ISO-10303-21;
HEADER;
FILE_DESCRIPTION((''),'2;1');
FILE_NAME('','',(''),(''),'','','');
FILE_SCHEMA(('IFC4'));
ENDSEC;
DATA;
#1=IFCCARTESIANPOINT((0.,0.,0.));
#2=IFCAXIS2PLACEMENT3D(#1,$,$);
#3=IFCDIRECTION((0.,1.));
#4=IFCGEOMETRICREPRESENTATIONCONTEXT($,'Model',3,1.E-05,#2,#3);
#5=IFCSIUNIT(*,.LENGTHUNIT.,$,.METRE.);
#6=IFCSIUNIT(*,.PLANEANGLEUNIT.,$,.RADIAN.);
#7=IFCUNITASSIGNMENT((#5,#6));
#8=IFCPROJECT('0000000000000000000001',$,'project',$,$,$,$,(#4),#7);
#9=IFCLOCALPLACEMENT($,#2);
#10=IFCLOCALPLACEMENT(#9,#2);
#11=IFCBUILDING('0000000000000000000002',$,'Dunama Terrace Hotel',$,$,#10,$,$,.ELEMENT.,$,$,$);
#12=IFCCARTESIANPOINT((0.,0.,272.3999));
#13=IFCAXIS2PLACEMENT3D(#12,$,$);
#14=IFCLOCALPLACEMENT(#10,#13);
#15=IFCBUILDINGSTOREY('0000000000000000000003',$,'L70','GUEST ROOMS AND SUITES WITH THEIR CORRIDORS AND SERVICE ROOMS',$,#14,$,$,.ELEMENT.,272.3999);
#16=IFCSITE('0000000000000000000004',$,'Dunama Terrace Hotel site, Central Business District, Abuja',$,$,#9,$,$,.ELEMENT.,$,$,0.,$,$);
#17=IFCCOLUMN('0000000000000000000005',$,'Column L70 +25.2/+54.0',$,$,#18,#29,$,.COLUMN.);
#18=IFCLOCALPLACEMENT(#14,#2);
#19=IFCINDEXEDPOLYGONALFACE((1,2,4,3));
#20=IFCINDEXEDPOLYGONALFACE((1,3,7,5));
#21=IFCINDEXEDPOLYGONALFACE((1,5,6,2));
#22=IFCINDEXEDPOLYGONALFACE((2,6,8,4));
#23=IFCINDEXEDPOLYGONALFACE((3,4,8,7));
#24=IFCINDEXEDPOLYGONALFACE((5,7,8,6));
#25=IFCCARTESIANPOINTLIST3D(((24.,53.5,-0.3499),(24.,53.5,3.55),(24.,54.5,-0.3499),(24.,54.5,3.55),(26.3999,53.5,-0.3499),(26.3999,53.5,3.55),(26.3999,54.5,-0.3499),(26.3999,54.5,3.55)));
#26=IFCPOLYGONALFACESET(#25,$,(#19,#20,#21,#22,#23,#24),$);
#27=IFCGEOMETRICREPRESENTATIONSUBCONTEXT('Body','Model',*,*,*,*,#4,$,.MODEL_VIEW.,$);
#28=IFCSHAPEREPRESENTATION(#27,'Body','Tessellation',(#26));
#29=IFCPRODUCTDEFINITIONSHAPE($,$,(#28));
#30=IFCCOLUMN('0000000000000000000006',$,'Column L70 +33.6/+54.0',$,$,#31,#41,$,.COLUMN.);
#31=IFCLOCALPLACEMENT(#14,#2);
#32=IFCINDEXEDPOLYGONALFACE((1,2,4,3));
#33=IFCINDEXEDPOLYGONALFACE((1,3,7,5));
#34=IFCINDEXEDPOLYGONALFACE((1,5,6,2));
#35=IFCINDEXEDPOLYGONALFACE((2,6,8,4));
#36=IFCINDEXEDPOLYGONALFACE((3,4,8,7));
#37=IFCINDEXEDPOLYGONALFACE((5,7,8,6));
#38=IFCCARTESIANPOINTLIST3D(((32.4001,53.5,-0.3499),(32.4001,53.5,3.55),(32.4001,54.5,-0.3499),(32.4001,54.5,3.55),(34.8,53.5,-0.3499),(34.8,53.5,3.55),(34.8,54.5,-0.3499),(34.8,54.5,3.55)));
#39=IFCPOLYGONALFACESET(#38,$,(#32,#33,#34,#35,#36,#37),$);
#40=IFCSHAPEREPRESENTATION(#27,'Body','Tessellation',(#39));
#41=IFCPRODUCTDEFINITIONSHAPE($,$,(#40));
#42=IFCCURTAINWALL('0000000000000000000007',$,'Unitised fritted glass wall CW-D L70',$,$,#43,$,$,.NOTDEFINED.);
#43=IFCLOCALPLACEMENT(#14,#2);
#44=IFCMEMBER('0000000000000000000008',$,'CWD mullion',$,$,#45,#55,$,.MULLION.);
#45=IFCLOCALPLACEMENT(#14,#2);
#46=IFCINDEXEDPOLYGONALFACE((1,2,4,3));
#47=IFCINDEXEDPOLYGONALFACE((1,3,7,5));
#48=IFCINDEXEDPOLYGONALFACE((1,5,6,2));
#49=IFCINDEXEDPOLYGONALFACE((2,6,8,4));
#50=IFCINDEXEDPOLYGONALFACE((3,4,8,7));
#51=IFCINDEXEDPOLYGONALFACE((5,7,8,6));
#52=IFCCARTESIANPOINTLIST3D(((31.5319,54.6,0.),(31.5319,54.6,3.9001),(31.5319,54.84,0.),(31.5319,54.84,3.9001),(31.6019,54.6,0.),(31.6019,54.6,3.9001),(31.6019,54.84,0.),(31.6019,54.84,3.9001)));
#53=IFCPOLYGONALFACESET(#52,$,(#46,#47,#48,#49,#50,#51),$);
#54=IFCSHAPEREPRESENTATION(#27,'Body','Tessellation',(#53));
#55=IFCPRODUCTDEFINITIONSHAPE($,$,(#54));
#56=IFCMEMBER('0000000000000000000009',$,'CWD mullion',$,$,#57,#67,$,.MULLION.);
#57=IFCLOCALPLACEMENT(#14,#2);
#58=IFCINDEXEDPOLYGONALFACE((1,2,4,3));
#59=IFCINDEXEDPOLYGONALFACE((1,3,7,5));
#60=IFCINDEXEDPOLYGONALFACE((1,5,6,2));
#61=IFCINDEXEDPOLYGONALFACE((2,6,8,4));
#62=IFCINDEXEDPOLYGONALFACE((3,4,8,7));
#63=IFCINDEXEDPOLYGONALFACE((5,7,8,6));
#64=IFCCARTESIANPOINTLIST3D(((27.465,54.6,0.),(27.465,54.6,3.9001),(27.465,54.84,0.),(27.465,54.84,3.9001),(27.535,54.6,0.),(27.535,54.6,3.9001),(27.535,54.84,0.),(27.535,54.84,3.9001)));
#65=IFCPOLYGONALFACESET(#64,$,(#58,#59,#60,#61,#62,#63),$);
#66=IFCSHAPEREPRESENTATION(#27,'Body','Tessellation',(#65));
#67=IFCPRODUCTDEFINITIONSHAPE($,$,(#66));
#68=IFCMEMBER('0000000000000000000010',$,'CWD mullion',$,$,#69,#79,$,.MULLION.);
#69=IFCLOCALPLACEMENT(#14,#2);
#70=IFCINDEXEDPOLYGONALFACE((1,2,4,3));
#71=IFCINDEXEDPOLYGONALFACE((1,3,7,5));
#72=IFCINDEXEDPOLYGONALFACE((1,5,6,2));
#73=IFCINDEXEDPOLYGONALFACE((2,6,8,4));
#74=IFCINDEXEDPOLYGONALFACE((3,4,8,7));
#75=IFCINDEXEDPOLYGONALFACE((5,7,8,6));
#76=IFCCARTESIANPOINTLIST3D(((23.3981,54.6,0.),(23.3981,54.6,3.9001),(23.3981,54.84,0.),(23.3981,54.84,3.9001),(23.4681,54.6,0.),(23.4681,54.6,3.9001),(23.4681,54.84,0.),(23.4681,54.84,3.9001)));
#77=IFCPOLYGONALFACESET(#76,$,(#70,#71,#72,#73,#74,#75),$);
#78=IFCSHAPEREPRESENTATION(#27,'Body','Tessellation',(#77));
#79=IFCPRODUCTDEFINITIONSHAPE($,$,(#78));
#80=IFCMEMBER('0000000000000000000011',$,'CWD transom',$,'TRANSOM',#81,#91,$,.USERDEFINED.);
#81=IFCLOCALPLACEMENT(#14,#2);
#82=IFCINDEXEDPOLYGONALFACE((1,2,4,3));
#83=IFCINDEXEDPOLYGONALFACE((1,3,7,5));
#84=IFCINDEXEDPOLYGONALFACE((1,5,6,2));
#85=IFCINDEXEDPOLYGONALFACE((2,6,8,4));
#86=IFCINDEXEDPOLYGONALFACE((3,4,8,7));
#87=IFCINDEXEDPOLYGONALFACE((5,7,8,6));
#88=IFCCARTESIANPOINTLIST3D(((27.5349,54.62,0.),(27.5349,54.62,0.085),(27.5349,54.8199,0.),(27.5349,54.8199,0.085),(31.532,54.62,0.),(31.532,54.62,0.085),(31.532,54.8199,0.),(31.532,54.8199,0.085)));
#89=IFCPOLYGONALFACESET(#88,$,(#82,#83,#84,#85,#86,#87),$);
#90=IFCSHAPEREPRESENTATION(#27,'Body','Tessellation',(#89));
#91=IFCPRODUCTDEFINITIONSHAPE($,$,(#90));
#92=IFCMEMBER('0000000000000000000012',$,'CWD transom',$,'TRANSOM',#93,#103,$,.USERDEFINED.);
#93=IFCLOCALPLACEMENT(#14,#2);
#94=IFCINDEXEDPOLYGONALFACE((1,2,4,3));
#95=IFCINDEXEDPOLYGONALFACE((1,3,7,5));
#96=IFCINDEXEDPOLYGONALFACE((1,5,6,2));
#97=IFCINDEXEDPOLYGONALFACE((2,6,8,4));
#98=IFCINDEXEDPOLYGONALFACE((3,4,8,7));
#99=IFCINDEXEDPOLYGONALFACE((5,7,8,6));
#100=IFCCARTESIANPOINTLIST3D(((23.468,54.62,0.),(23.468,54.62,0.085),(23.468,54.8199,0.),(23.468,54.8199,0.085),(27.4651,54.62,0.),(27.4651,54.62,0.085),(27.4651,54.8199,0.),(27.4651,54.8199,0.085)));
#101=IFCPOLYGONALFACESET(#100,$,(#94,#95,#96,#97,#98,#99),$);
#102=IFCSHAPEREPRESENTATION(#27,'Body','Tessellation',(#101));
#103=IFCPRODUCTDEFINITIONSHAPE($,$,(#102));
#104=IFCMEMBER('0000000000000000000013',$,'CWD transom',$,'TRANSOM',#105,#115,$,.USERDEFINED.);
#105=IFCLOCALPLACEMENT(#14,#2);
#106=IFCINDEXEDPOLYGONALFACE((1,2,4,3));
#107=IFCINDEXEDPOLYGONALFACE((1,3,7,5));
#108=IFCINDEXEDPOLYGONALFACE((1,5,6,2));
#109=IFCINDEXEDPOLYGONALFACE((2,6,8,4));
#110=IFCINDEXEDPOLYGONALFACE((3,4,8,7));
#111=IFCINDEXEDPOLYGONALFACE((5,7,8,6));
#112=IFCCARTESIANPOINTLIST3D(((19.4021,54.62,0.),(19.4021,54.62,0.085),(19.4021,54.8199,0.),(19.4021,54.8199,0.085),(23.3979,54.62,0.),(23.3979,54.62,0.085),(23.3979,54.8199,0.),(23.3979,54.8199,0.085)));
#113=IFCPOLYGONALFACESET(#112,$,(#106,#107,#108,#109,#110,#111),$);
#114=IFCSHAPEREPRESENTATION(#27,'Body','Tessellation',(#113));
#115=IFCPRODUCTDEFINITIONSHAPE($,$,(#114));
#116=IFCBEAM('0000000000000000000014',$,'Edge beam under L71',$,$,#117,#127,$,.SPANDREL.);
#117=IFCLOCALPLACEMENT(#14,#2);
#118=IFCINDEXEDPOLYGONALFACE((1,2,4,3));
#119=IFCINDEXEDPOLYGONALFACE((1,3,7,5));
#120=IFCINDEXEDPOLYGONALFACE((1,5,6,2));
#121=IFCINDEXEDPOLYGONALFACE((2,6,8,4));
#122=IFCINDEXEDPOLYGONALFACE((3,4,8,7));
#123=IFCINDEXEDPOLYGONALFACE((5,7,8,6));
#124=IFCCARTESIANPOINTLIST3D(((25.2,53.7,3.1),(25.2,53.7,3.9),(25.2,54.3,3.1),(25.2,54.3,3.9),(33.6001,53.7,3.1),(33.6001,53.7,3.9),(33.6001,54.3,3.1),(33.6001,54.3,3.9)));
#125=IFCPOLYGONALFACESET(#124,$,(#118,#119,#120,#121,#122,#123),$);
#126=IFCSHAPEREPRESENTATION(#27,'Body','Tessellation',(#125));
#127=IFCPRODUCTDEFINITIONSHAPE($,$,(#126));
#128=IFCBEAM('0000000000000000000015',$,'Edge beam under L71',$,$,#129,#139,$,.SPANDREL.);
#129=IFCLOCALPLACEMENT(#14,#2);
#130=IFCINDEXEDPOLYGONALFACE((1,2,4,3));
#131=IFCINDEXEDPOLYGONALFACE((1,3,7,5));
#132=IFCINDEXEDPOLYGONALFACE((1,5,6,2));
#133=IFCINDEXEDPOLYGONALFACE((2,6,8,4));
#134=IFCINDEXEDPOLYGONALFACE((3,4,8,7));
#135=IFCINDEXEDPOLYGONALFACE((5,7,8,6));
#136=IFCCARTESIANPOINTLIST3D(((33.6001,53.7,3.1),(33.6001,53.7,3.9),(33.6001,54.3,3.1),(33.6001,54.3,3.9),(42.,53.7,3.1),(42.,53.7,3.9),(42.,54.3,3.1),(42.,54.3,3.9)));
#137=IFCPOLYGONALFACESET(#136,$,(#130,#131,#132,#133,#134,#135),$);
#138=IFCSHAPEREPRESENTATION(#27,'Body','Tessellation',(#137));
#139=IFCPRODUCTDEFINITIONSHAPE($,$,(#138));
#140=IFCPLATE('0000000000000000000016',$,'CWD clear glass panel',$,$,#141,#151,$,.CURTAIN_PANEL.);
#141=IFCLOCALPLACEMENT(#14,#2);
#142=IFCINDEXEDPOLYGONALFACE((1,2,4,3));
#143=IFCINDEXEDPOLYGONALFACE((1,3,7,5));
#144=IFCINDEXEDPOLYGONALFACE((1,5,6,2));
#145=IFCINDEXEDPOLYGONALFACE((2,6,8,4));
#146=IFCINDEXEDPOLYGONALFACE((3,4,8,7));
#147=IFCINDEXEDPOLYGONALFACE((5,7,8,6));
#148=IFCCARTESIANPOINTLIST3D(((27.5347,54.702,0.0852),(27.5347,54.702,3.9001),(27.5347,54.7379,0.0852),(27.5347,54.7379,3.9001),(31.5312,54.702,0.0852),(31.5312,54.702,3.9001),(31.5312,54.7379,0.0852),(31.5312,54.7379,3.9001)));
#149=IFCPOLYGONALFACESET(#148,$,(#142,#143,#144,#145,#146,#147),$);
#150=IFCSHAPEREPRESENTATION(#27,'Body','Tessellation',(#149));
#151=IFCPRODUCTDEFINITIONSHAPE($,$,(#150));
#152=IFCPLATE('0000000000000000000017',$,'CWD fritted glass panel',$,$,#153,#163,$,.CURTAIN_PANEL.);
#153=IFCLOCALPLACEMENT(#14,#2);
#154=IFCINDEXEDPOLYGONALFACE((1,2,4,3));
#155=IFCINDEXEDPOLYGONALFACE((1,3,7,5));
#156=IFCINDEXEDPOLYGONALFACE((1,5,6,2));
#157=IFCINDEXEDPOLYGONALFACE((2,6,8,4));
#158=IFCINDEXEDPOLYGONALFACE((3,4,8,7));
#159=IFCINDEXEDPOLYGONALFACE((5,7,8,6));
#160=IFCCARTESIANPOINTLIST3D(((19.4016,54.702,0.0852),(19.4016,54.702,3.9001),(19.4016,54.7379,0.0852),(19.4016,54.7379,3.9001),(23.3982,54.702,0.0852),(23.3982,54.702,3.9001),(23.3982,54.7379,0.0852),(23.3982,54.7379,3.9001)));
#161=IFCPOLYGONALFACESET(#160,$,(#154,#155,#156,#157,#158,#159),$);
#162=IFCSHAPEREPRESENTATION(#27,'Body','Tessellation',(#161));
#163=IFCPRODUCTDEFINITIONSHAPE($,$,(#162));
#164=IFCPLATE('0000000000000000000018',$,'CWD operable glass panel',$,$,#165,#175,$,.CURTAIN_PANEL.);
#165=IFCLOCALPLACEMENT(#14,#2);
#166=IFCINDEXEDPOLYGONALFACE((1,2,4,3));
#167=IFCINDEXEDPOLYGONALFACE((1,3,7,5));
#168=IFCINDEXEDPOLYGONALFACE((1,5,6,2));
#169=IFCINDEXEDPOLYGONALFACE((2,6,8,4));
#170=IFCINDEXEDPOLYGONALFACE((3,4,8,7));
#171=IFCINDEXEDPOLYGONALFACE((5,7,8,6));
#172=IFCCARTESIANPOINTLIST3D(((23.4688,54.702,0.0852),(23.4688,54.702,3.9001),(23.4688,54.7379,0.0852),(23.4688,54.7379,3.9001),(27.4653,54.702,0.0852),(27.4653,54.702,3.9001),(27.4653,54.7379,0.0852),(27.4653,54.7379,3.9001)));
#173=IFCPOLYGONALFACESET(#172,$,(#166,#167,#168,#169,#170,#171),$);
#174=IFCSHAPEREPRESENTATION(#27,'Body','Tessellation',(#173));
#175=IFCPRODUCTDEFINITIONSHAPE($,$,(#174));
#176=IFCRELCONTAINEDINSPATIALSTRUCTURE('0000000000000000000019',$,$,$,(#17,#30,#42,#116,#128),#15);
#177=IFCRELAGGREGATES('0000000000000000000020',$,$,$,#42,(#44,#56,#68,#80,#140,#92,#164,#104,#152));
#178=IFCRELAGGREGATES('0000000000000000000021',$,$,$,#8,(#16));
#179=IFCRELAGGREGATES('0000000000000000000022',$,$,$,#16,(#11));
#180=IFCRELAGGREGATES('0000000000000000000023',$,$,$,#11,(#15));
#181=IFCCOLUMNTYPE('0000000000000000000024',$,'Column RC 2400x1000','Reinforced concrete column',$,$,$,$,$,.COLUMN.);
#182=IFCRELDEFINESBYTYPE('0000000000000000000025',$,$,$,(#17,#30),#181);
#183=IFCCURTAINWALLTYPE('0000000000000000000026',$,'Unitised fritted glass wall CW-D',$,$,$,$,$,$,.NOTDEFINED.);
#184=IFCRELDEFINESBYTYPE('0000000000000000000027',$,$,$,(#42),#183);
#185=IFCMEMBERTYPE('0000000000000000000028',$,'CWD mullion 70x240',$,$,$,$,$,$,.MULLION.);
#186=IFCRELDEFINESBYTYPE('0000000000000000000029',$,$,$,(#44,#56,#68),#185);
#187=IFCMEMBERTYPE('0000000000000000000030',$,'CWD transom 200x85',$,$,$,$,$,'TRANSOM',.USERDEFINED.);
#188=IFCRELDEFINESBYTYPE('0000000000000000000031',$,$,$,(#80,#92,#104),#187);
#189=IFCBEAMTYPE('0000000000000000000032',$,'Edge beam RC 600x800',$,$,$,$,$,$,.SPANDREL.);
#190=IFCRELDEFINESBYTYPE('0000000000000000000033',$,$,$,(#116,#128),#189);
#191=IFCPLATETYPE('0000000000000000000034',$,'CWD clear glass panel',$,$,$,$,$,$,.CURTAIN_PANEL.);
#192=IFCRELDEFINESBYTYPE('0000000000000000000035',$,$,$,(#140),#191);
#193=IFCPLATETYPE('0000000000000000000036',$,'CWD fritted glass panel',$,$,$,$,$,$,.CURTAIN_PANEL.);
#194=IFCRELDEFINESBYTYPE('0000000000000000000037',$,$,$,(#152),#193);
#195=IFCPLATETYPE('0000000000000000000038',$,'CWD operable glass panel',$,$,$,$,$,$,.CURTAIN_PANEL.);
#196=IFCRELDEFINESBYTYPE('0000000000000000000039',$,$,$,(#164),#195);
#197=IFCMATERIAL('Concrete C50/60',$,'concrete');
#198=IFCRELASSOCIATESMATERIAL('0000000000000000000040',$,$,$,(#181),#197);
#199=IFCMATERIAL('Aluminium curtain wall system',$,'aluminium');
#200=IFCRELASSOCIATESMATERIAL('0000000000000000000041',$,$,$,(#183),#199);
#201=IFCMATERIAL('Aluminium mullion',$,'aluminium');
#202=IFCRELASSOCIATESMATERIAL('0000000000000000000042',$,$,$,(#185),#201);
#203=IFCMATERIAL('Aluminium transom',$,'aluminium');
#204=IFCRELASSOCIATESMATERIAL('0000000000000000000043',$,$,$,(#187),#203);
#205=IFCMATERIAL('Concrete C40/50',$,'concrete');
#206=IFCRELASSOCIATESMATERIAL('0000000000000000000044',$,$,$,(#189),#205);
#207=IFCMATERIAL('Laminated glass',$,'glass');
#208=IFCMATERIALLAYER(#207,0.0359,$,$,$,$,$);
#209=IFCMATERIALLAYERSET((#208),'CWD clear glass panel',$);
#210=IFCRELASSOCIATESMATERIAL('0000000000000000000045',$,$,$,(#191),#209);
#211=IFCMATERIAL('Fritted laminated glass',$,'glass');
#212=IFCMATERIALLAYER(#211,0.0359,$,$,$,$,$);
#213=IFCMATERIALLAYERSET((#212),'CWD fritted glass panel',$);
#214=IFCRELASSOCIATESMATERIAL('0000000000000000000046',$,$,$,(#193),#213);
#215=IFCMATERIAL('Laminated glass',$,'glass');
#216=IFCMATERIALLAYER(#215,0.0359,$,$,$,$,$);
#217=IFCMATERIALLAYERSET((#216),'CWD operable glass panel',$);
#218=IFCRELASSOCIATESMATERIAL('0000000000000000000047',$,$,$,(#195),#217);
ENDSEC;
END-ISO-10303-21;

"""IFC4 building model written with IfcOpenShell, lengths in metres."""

from ifc_helpers import new_model, si_unit, direction, frame, origin, origin_2d, place, context, subcontext, project, spatial, rectangle, extrude, material, layer, layer_set, material_profile, profile_set, type_object, element, aggregate, save


model = new_model("IFC4")

# Units and contexts
model_context = context("Model", 3, precision=1e-05, world=origin(), true_north=direction((0.0, 1.0)))
body_context = subcontext(model_context, "Body", "Model", "MODEL_VIEW")
ifc_project = project(units=[si_unit("LENGTHUNIT", "METRE"), si_unit("PLANEANGLEUNIT", "RADIAN")], contexts=[model_context])

# Site, building, storey
site_placement = place(None, origin())
site = spatial("IfcSite", under=ifc_project, at=site_placement, Name="Dunama Terrace Hotel site, Central Business District, Abuja", CompositionType="ELEMENT", RefElevation=0.0)
building_placement = place(site_placement, origin())
building = spatial("IfcBuilding", under=site, at=building_placement, Name="Dunama Terrace Hotel", CompositionType="ELEMENT")
storey_placement = place(building_placement, frame((0.0, 0.0, 272.3999)))
storey = spatial("IfcBuildingStorey", under=building, at=storey_placement, Name="L70", Description="GUEST ROOMS AND SUITES WITH THEIR CORRIDORS AND SERVICE ROOMS", CompositionType="ELEMENT", Elevation=272.3999)

# Columns
ifc_material_1 = material(Name="Concrete C50/60", Category="concrete")
ifc_material_profile_1 = material_profile(ifc_material_1, rectangle(XDim=2.3999, YDim=1.0, at=origin_2d()), Name="RC 2400x1000")
ifc_profile_set_1 = profile_set([ifc_material_profile_1], Name="Concrete C50/60")
column_type = type_object("IfcColumnType", Name="Column RC 2400x1000", Description="Reinforced concrete column", PredefinedType="COLUMN", material=ifc_profile_set_1)
for number, where, z_axis, x_axis, name in (
    (1, (25.2, 54.0, -0.3499), (0.0, 0.0, 1.0), (1.0, 0.0, 0.0), "Column L70 +25.2/+54.0"),
    (2, (33.6001, 54.0, -0.3499), (0.0, 0.0, 1.0), (1.0, 0.0, 0.0), "Column L70 +33.6/+54.0"),
):
    element("IfcColumn", number, at=place(storey_placement, frame(where, z_axis=z_axis, x_axis=x_axis)), inside=storey, type_object=column_type, Name=name, PredefinedType="COLUMN", context=body_context, shape_type="SweptSolid", body=[
        extrude(rectangle(XDim=2.3999, YDim=1.0, at=origin_2d()), origin(), (0.0, 0.0, 1.0), 3.8999),
    ])

# Curtain wall, members
ifc_material_2 = material(Name="Aluminium curtain wall system", Category="aluminium")
curtain_wall_type = type_object("IfcCurtainWallType", Name="Unitised fritted glass wall CW-D", PredefinedType="NOTDEFINED", material=ifc_material_2)
curtain_wall_placement = place(storey_placement, origin())
curtain_wall = element("IfcCurtainWall", 3, at=curtain_wall_placement, inside=storey, type_object=curtain_wall_type, Name="Unitised fritted glass wall CW-D L70", PredefinedType="NOTDEFINED")
ifc_material_3 = material(Name="Aluminium mullion", Category="aluminium")
ifc_material_profile_2 = material_profile(ifc_material_3, rectangle(XDim=0.0701, YDim=0.24, at=origin_2d()), Name="CWD MULLION 70X240")
ifc_profile_set_2 = profile_set([ifc_material_profile_2], Name="Aluminium mullion")
member_type_1 = type_object("IfcMemberType", Name="CWD mullion 70x240", PredefinedType="MULLION", material=ifc_profile_set_2)
member_1_placement = place(storey_placement, frame((31.5669, 54.72, 0.0), z_axis=(0.0, 0.0, 1.0), x_axis=(-1.0, 0.0, 0.0)))
member_1 = element("IfcMember", 4, at=member_1_placement, type_object=member_type_1, Name="CWD mullion", PredefinedType="MULLION", context=body_context, shape_type="SweptSolid", body=[
    extrude(rectangle(XDim=0.0701, YDim=0.24, at=origin_2d()), origin(), (0.0, 0.0, 1.0), 3.9001),
])
member_2_placement = place(storey_placement, frame((27.5, 54.72, 0.0), z_axis=(0.0, 0.0, 1.0), x_axis=(-1.0, 0.0, 0.0)))
member_2 = element("IfcMember", 5, at=member_2_placement, type_object=member_type_1, Name="CWD mullion", PredefinedType="MULLION", context=body_context, shape_type="SweptSolid", body=[
    extrude(rectangle(XDim=0.0701, YDim=0.24, at=origin_2d()), origin(), (0.0, 0.0, 1.0), 3.9001),
])
member_3_placement = place(storey_placement, frame((23.4331, 54.72, 0.0), z_axis=(0.0, 0.0, 1.0), x_axis=(-1.0, 0.0, 0.0)))
member_3 = element("IfcMember", 6, at=member_3_placement, type_object=member_type_1, Name="CWD mullion", PredefinedType="MULLION", context=body_context, shape_type="SweptSolid", body=[
    extrude(rectangle(XDim=0.0701, YDim=0.24, at=origin_2d()), origin(), (0.0, 0.0, 1.0), 3.9001),
])
ifc_material_4 = material(Name="Aluminium transom", Category="aluminium")
ifc_material_profile_3 = material_profile(ifc_material_4, rectangle(XDim=0.2, YDim=0.085, at=origin_2d()), Name="CWD TRANSOM 200X85")
ifc_profile_set_3 = profile_set([ifc_material_profile_3], Name="Aluminium transom")
member_type_2 = type_object("IfcMemberType", Name="CWD transom 200x85", ElementType="TRANSOM", PredefinedType="USERDEFINED", material=ifc_profile_set_3)
member_4_placement = place(storey_placement, frame((31.532, 54.72, 0.0425), z_axis=(-1.0, 0.0, 0.0), x_axis=(0.0, -1.0, 0.0)))
member_4 = element("IfcMember", 7, at=member_4_placement, type_object=member_type_2, Name="CWD transom", ObjectType="TRANSOM", PredefinedType="USERDEFINED", context=body_context, shape_type="SweptSolid", body=[
    extrude(rectangle(XDim=0.2, YDim=0.085, at=origin_2d()), origin(), (0.0, 0.0, 1.0), 3.9971),
])
member_5_placement = place(storey_placement, frame((27.4651, 54.72, 0.0425), z_axis=(-1.0, 0.0, 0.0), x_axis=(0.0, -1.0, 0.0)))
member_5 = element("IfcMember", 8, at=member_5_placement, type_object=member_type_2, Name="CWD transom", ObjectType="TRANSOM", PredefinedType="USERDEFINED", context=body_context, shape_type="SweptSolid", body=[
    extrude(rectangle(XDim=0.2, YDim=0.085, at=origin_2d()), origin(), (0.0, 0.0, 1.0), 3.9971),
])
member_6_placement = place(storey_placement, frame((23.3979, 54.72, 0.0425), z_axis=(-1.0, 0.0, 0.0), x_axis=(0.0, -1.0, 0.0)))
member_6 = element("IfcMember", 9, at=member_6_placement, type_object=member_type_2, Name="CWD transom", ObjectType="TRANSOM", PredefinedType="USERDEFINED", context=body_context, shape_type="SweptSolid", body=[
    extrude(rectangle(XDim=0.2, YDim=0.085, at=origin_2d()), origin(), (0.0, 0.0, 1.0), 3.9958),
])

# Beams
ifc_material_5 = material(Name="Concrete C40/50", Category="concrete")
ifc_material_profile_4 = material_profile(ifc_material_5, rectangle(XDim=0.6001, YDim=0.8, at=origin_2d()), Name="RC 600x800")
ifc_profile_set_4 = profile_set([ifc_material_profile_4], Name="Concrete C40/50")
beam_type = type_object("IfcBeamType", Name="Edge beam RC 600x800", PredefinedType="SPANDREL", material=ifc_profile_set_4)
beam_1_placement = place(storey_placement, frame((25.2, 54.0, 3.5), z_axis=(1.0, 0.0, 0.0), x_axis=(0.0, 1.0, 0.0)))
element("IfcBeam", 10, at=beam_1_placement, inside=storey, type_object=beam_type, Name="Edge beam under L71", PredefinedType="SPANDREL", context=body_context, shape_type="SweptSolid", body=[
    extrude(rectangle(XDim=0.6001, YDim=0.8, at=origin_2d()), origin(), (0.0, 0.0, 1.0), 8.4001),
])
beam_2_placement = place(storey_placement, frame((33.6001, 54.0, 3.5), z_axis=(1.0, 0.0, 0.0), x_axis=(0.0, 1.0, 0.0)))
element("IfcBeam", 11, at=beam_2_placement, inside=storey, type_object=beam_type, Name="Edge beam under L71", PredefinedType="SPANDREL", context=body_context, shape_type="SweptSolid", body=[
    extrude(rectangle(XDim=0.6001, YDim=0.8, at=origin_2d()), origin(), (0.0, 0.0, 1.0), 8.3999),
])

# Plates
ifc_material_6 = material(Name="Laminated glass", Category="glass")
ifc_layer_1 = layer(ifc_material_6, 0.0359)
ifc_layer_set_1 = layer_set([ifc_layer_1], Name="CWD clear glass panel")
plate_type_1 = type_object("IfcPlateType", Name="CWD clear glass panel", PredefinedType="CURTAIN_PANEL", material=ifc_layer_set_1)
plate_1_placement = place(storey_placement, frame((29.533, 54.72, 0.0852), z_axis=(0.0, 0.0, 1.0), x_axis=(-1.0, 0.0, 0.0)))
plate_1 = element("IfcPlate", 12, at=plate_1_placement, type_object=plate_type_1, Name="CWD clear glass panel", PredefinedType="CURTAIN_PANEL", context=body_context, shape_type="SweptSolid", body=[
    extrude(rectangle(XDim=3.9966, YDim=0.0359, at=origin_2d()), origin(), (0.0, 0.0, 1.0), 3.8149),
])
ifc_material_7 = material(Name="Fritted laminated glass", Category="glass")
ifc_layer_2 = layer(ifc_material_7, 0.0359)
ifc_layer_set_2 = layer_set([ifc_layer_2], Name="CWD fritted glass panel")
plate_type_2 = type_object("IfcPlateType", Name="CWD fritted glass panel", PredefinedType="CURTAIN_PANEL", material=ifc_layer_set_2)
plate_2_placement = place(storey_placement, frame((21.3999, 54.72, 0.0852), z_axis=(0.0, 0.0, 1.0), x_axis=(-1.0, 0.0, 0.0)))
plate_2 = element("IfcPlate", 13, at=plate_2_placement, type_object=plate_type_2, Name="CWD fritted glass panel", PredefinedType="CURTAIN_PANEL", context=body_context, shape_type="SweptSolid", body=[
    extrude(rectangle(XDim=3.9966, YDim=0.0359, at=origin_2d()), origin(), (0.0, 0.0, 1.0), 3.8149),
])
ifc_material_8 = material(Name="Laminated glass", Category="glass")
ifc_layer_3 = layer(ifc_material_8, 0.0359)
ifc_layer_set_3 = layer_set([ifc_layer_3], Name="CWD operable glass panel")
plate_type_3 = type_object("IfcPlateType", Name="CWD operable glass panel", PredefinedType="CURTAIN_PANEL", material=ifc_layer_set_3)
plate_3_placement = place(storey_placement, frame((25.467, 54.72, 0.0852), z_axis=(0.0, 0.0, 1.0), x_axis=(-1.0, 0.0, 0.0)))
plate_3 = element("IfcPlate", 14, at=plate_3_placement, type_object=plate_type_3, Name="CWD operable glass panel", PredefinedType="CURTAIN_PANEL", context=body_context, shape_type="SweptSolid", body=[
    extrude(rectangle(XDim=3.9966, YDim=0.0359, at=origin_2d()), origin(), (0.0, 0.0, 1.0), 3.8149),
])
aggregate(curtain_wall, [member_1, member_2, member_3, member_4, plate_1, member_5, plate_3, member_6, plate_2])

save(model, "model.ifc")
